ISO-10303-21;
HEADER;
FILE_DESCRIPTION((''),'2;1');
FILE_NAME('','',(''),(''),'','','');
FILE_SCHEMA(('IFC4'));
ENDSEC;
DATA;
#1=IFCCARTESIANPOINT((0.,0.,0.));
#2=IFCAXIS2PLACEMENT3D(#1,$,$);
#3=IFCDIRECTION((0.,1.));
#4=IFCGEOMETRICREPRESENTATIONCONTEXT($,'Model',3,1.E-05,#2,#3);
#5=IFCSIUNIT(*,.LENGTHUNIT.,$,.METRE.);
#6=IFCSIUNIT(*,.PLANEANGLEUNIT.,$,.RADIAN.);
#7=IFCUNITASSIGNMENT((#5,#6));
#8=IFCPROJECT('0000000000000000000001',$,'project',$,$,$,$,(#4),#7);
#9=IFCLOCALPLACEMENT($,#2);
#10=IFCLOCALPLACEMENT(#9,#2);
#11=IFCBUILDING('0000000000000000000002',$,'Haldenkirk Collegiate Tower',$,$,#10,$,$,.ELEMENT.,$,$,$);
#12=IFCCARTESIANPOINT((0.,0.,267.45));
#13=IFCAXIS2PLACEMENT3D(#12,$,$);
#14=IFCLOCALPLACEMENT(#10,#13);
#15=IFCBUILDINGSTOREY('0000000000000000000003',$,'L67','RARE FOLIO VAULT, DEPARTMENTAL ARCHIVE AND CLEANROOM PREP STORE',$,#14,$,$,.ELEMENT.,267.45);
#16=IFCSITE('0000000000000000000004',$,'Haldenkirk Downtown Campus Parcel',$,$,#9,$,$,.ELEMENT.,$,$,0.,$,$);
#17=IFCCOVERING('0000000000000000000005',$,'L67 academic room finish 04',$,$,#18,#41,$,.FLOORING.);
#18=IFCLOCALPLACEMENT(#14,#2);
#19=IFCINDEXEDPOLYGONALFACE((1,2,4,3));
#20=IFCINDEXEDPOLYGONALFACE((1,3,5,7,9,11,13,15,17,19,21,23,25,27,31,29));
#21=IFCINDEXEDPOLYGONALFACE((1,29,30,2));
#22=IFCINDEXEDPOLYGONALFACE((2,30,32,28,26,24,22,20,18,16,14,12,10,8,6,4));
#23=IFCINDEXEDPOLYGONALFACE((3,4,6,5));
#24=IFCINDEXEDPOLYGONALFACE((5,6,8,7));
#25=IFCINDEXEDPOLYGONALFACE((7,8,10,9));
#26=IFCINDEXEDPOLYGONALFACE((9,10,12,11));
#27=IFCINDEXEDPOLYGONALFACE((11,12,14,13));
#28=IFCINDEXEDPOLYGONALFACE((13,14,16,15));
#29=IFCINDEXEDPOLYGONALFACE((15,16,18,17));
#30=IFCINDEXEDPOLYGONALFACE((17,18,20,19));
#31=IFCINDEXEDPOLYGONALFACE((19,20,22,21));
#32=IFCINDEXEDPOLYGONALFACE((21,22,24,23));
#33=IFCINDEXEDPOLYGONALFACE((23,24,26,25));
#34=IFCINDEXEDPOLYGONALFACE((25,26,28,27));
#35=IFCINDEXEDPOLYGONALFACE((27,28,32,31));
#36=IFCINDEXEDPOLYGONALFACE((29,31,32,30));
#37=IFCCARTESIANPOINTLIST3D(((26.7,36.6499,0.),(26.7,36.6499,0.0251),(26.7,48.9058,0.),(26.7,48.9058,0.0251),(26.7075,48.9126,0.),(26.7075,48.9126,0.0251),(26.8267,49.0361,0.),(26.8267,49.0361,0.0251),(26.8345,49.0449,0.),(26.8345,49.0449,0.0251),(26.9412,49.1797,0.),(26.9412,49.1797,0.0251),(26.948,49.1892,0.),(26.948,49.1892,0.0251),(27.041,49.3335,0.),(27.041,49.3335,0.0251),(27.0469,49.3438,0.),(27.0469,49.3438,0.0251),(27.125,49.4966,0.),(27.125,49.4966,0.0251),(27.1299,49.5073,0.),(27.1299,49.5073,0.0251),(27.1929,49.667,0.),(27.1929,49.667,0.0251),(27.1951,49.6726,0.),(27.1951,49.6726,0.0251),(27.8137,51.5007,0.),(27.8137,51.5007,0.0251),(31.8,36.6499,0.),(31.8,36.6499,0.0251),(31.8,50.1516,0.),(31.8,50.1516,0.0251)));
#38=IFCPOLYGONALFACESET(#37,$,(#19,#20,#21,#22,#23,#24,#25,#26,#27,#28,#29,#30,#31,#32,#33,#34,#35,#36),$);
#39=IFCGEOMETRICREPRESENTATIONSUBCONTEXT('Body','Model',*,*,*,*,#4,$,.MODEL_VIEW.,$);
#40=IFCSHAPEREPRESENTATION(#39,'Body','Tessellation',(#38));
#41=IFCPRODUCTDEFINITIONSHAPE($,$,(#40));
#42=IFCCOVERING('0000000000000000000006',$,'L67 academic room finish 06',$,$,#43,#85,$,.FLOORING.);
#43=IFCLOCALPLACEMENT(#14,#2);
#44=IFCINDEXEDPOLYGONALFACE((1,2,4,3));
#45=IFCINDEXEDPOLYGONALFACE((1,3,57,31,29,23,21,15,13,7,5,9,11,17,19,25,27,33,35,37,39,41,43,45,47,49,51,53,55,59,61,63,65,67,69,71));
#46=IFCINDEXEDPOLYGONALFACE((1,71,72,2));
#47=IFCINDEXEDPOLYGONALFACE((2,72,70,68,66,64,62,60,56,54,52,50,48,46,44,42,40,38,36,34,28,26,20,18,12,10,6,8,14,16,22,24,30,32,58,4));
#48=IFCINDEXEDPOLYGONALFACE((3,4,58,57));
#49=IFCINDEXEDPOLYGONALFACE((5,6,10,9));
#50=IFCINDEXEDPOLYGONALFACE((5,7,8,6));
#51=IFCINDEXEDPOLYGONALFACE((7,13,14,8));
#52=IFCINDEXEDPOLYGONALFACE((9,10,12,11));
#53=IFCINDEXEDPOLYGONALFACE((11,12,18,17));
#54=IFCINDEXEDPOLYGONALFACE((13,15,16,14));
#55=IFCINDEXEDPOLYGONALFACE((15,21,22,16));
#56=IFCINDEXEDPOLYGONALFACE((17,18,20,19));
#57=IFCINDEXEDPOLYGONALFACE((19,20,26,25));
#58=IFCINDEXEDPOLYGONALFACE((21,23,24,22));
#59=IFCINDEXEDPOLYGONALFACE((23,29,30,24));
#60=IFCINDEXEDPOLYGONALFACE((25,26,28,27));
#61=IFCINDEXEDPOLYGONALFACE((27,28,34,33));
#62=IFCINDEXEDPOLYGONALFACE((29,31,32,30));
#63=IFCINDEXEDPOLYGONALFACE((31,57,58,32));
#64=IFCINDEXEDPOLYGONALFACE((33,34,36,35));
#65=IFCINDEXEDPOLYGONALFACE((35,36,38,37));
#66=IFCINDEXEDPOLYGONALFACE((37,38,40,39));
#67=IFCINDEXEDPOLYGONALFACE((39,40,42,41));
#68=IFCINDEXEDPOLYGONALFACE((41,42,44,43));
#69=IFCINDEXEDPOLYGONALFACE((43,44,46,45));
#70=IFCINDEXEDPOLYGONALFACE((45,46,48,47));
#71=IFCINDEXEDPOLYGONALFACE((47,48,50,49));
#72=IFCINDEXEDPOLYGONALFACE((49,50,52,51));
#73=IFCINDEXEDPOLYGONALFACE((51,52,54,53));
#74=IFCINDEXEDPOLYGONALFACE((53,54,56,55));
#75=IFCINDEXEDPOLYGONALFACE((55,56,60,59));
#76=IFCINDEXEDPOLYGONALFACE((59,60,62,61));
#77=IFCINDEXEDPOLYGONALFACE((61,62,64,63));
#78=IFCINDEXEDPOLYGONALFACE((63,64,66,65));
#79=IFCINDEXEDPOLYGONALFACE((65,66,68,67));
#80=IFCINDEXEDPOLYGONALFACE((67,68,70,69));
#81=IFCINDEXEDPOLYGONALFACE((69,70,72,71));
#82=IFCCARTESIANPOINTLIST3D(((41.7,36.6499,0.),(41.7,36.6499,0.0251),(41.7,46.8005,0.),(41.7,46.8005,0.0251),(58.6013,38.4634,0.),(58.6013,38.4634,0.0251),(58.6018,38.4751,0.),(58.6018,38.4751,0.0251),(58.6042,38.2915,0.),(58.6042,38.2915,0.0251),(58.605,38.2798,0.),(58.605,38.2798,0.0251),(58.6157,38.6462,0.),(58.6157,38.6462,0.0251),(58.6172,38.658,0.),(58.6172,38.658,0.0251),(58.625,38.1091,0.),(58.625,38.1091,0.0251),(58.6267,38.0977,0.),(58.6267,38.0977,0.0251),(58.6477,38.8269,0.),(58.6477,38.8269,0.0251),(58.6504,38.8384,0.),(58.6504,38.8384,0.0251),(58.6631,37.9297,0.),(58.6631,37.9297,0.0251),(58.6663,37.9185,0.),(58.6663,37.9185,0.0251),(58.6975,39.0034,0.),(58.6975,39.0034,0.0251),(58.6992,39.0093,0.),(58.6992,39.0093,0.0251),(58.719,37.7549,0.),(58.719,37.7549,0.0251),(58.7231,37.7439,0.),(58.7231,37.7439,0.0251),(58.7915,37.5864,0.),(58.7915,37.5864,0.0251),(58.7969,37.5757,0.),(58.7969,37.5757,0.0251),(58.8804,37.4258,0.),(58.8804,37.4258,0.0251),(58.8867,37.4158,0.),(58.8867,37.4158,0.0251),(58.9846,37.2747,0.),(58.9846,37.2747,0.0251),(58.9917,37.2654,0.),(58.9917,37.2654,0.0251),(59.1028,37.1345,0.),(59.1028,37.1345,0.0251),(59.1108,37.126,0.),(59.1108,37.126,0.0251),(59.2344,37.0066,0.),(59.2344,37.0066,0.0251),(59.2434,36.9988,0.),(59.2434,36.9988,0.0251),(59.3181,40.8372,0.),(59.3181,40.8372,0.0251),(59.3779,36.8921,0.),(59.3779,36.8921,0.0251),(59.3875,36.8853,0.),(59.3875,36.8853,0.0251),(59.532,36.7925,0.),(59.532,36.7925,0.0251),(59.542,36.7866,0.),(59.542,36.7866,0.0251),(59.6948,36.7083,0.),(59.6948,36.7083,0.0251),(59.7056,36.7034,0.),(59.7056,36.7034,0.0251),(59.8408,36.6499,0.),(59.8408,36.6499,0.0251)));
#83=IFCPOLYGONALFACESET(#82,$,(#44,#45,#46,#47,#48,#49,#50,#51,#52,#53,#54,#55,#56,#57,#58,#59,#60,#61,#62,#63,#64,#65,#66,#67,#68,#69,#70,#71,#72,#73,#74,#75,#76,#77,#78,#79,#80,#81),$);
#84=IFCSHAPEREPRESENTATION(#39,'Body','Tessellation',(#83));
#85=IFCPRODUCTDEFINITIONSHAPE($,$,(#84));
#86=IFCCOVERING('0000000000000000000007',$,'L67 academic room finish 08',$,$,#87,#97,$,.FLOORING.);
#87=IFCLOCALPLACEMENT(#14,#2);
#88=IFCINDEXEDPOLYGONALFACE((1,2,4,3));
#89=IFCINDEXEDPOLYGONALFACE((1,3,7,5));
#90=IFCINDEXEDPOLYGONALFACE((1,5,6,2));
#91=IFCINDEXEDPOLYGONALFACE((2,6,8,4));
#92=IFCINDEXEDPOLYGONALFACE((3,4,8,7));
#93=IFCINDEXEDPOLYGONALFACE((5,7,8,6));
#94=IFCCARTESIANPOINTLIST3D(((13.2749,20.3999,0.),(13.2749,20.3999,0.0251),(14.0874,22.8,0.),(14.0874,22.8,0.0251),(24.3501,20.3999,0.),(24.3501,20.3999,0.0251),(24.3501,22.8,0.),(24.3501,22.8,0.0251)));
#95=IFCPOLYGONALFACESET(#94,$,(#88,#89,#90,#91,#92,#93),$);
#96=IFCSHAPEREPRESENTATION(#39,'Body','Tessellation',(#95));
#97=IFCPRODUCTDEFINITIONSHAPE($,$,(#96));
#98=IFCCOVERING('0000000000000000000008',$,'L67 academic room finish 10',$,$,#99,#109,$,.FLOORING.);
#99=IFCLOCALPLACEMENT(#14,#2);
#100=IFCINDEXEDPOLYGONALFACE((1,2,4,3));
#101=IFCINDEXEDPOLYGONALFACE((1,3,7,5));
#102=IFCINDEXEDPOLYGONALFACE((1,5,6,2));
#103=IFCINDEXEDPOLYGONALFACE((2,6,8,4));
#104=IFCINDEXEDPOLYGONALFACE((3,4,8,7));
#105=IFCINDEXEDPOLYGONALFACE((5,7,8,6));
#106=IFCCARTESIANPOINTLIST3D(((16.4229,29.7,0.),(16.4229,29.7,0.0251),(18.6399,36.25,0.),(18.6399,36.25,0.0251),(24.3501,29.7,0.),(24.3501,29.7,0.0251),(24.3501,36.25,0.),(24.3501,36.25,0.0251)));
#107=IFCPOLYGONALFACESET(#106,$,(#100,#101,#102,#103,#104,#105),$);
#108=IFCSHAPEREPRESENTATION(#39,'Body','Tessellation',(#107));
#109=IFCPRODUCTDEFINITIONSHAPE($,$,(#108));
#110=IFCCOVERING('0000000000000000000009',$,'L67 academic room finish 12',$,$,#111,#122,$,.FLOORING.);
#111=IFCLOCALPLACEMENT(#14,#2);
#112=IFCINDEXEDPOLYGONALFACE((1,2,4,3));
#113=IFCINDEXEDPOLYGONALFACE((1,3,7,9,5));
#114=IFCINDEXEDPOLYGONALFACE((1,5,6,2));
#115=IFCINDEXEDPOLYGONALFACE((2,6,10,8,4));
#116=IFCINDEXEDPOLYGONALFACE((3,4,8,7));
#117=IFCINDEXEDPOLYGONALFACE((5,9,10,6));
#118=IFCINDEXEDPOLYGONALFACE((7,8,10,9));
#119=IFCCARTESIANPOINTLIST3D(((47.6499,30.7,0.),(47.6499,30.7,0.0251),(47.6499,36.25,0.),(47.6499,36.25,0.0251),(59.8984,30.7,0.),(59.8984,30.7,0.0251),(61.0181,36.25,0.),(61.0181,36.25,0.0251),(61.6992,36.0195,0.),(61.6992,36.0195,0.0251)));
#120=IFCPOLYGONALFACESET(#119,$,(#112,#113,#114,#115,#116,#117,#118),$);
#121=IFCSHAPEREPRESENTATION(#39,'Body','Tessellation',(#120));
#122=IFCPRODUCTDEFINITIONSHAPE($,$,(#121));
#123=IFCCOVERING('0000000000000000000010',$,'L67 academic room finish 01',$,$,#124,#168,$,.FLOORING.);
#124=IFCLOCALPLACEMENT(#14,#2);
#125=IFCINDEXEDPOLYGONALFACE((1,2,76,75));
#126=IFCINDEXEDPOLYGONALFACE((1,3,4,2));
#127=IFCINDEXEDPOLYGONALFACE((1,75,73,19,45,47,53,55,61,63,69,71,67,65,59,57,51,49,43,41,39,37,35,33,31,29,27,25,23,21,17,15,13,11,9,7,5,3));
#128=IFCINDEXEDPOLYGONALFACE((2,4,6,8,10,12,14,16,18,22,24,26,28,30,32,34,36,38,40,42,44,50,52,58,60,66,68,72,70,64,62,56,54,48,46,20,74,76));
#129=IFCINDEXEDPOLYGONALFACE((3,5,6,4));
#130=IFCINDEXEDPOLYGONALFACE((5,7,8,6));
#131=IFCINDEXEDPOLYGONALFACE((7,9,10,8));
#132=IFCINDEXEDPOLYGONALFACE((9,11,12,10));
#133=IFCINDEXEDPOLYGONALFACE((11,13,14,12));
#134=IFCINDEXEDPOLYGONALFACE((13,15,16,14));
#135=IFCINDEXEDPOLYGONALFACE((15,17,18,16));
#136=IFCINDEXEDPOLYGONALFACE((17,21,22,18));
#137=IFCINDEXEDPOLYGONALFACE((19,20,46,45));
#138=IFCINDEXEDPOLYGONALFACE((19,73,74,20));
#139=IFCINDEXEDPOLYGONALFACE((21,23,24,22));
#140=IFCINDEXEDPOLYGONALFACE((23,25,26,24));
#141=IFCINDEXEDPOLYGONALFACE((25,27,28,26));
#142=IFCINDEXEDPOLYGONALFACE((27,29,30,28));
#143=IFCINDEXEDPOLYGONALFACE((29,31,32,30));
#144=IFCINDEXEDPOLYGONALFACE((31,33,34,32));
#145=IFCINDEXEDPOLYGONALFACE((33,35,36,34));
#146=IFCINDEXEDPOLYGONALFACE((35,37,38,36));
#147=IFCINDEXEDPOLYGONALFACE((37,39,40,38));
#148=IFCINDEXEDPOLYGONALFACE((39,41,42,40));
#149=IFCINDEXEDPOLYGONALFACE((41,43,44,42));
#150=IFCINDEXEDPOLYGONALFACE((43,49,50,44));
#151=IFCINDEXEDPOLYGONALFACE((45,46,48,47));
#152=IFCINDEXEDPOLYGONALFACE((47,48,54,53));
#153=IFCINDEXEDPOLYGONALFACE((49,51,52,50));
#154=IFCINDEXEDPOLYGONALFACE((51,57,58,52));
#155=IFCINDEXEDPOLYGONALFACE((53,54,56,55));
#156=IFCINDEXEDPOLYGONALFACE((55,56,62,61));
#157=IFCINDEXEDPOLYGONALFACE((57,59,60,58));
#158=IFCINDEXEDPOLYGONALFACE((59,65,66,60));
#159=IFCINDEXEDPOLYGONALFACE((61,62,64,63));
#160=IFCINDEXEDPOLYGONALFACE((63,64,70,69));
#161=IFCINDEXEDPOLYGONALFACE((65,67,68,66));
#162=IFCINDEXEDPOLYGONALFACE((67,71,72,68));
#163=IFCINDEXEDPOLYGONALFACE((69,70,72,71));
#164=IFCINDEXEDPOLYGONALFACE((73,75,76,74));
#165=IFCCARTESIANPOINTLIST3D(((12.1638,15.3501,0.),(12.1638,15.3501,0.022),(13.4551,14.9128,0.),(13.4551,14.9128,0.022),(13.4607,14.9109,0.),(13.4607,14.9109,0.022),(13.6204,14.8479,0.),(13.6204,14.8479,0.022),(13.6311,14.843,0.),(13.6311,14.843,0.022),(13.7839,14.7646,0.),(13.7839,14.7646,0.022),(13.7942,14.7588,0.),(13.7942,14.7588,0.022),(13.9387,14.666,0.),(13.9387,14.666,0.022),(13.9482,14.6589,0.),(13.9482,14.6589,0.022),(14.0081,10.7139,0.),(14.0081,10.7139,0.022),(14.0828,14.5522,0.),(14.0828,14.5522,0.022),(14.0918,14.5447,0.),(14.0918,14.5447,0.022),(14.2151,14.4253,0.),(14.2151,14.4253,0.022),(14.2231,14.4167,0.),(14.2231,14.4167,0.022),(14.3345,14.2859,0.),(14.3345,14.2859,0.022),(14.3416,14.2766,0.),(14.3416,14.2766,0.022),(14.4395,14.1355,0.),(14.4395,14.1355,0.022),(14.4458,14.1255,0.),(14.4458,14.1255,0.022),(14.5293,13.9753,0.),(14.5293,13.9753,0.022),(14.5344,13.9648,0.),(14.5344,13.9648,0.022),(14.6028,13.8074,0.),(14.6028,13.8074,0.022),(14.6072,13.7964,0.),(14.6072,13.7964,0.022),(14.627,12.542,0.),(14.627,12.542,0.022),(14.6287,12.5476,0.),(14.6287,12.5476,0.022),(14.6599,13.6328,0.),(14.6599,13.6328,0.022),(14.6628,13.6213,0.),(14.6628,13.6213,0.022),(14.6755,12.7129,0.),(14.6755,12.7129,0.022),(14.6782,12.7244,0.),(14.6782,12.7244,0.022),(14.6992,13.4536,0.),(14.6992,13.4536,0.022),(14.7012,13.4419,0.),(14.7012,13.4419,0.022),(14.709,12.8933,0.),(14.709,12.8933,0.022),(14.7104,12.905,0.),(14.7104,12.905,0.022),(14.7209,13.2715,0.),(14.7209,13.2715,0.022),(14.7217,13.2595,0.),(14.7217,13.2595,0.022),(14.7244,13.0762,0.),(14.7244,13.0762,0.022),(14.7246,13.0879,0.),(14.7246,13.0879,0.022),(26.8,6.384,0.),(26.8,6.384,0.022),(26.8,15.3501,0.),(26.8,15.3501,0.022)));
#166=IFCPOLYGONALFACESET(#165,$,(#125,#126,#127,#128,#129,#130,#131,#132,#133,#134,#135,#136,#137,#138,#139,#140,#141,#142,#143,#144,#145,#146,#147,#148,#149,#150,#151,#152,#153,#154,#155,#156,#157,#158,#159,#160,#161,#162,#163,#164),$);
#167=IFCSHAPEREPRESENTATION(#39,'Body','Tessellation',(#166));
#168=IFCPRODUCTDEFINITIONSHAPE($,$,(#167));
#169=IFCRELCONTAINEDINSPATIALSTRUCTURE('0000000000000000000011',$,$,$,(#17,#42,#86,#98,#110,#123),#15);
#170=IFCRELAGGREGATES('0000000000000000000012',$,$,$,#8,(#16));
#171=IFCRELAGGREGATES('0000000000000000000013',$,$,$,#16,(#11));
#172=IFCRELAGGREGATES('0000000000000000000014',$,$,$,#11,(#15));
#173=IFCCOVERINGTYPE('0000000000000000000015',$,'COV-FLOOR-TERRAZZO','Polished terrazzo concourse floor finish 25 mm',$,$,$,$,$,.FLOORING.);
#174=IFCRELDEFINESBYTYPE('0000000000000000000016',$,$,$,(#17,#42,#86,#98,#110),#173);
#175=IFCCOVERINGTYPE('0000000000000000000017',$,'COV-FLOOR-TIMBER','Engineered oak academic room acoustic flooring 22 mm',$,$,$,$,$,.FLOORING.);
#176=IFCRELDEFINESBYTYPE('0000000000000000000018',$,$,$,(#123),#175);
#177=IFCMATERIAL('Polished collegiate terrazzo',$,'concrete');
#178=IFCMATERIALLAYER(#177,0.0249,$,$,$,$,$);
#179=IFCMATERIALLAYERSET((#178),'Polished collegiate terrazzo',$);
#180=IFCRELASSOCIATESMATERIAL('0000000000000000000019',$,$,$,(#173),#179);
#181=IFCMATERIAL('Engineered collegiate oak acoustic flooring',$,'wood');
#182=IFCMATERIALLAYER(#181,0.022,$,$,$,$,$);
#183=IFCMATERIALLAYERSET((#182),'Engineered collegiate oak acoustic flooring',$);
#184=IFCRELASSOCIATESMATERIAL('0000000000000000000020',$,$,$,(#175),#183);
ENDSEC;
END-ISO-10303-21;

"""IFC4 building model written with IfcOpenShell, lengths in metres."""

from ifc_helpers import new_model, si_unit, direction, frame, origin, place, context, subcontext, project, spatial, polyline, outline, extrude, material, layer, layer_set, type_object, element, save


model = new_model("IFC4")

# Units and contexts
model_context = context("Model", 3, precision=1e-05, world=origin(), true_north=direction((0.0, 1.0)))
body_context = subcontext(model_context, "Body", "Model", "MODEL_VIEW")
ifc_project = project(units=[si_unit("LENGTHUNIT", "METRE"), si_unit("PLANEANGLEUNIT", "RADIAN")], contexts=[model_context])

# Site, building, storey
site_placement = place(None, origin())
site = spatial("IfcSite", under=ifc_project, at=site_placement, Name="Haldenkirk Downtown Campus Parcel", CompositionType="ELEMENT", RefElevation=0.0)
building_placement = place(site_placement, origin())
building = spatial("IfcBuilding", under=site, at=building_placement, Name="Haldenkirk Collegiate Tower", CompositionType="ELEMENT")
storey_placement = place(building_placement, frame((0.0, 0.0, 267.45)))
storey = spatial("IfcBuildingStorey", under=building, at=storey_placement, Name="L67", Description="RARE FOLIO VAULT, DEPARTMENTAL ARCHIVE AND CLEANROOM PREP STORE", CompositionType="ELEMENT", Elevation=267.45)

# Coverings
ifc_material_1 = material(Name="Polished collegiate terrazzo", Category="concrete")
ifc_layer_1 = layer(ifc_material_1, 0.0249)
ifc_layer_set_1 = layer_set([ifc_layer_1], Name="Polished collegiate terrazzo")
covering_type_1 = type_object("IfcCoveringType", Name="COV-FLOOR-TERRAZZO", Description="Polished terrazzo concourse floor finish 25 mm", PredefinedType="FLOORING", material=ifc_layer_set_1)
covering_1_placement = place(storey_placement, origin())
element("IfcCovering", 1, at=covering_1_placement, inside=storey, type_object=covering_type_1, Name="L67 academic room finish 04", PredefinedType="FLOORING", context=body_context, shape_type="SweptSolid", body=[
    extrude(outline(polyline([(26.7, 48.9058), (26.7075, 48.9126), (26.8267, 49.0361), (26.8345, 49.0449), (26.9412, 49.1797), (26.948, 49.1892), (27.041, 49.3335), (27.0469, 49.3438), (27.125, 49.4966), (27.1299, 49.5073), (27.1929, 49.667), (27.1951, 49.6726), (27.8137, 51.5007), (31.8, 50.1516), (31.8, 36.6499), (26.7, 36.6499), (26.7, 48.9058)])), origin(), (0.0, 0.0, 1.0), 0.0251),
])
covering_2_placement = place(storey_placement, origin())
element("IfcCovering", 2, at=covering_2_placement, inside=storey, type_object=covering_type_1, Name="L67 academic room finish 06", PredefinedType="FLOORING", context=body_context, shape_type="SweptSolid", body=[
    extrude(outline(polyline([(59.3181, 40.8372), (58.6992, 39.0093), (58.6975, 39.0034), (58.6504, 38.8384), (58.6477, 38.8269), (58.6172, 38.658), (58.6157, 38.6462), (58.6018, 38.4751), (58.6013, 38.4634), (58.6042, 38.2915), (58.605, 38.2798), (58.625, 38.1091), (58.6267, 38.0977), (58.6631, 37.9297), (58.6663, 37.9185), (58.719, 37.7549), (58.7231, 37.7439), (58.7915, 37.5864), (58.7969, 37.5757), (58.8804, 37.4258), (58.8867, 37.4158), (58.9846, 37.2747), (58.9917, 37.2654), (59.1028, 37.1345), (59.1108, 37.126), (59.2344, 37.0066), (59.2434, 36.9988), (59.3779, 36.8921), (59.3875, 36.8853), (59.532, 36.7925), (59.542, 36.7866), (59.6948, 36.7083), (59.7056, 36.7034), (59.8408, 36.6499), (41.7, 36.6499), (41.7, 46.8005), (59.3181, 40.8372)])), origin(), (0.0, 0.0, 1.0), 0.0251),
])
covering_3_placement = place(storey_placement, origin())
element("IfcCovering", 3, at=covering_3_placement, inside=storey, type_object=covering_type_1, Name="L67 academic room finish 08", PredefinedType="FLOORING", context=body_context, shape_type="SweptSolid", body=[
    extrude(outline(polyline([(14.0874, 22.8), (24.3501, 22.8), (24.3501, 20.3999), (13.2749, 20.3999), (14.0874, 22.8)])), origin(), (0.0, 0.0, 1.0), 0.0251),
])
covering_4_placement = place(storey_placement, origin())
element("IfcCovering", 4, at=covering_4_placement, inside=storey, type_object=covering_type_1, Name="L67 academic room finish 10", PredefinedType="FLOORING", context=body_context, shape_type="SweptSolid", body=[
    extrude(outline(polyline([(18.6399, 36.25), (24.3501, 36.25), (24.3501, 29.7), (16.4229, 29.7), (18.6399, 36.25)])), origin(), (0.0, 0.0, 1.0), 0.0251),
])
covering_5_placement = place(storey_placement, origin())
element("IfcCovering", 5, at=covering_5_placement, inside=storey, type_object=covering_type_1, Name="L67 academic room finish 12", PredefinedType="FLOORING", context=body_context, shape_type="SweptSolid", body=[
    extrude(outline(polyline([(59.8984, 30.7), (47.6499, 30.7), (47.6499, 36.25), (61.0181, 36.25), (61.6992, 36.0195), (59.8984, 30.7)])), origin(), (0.0, 0.0, 1.0), 0.0251),
])
ifc_material_2 = material(Name="Engineered collegiate oak acoustic flooring", Category="wood")
ifc_layer_2 = layer(ifc_material_2, 0.022)
ifc_layer_set_2 = layer_set([ifc_layer_2], Name="Engineered collegiate oak acoustic flooring")
covering_type_2 = type_object("IfcCoveringType", Name="COV-FLOOR-TIMBER", Description="Engineered oak academic room acoustic flooring 22 mm", PredefinedType="FLOORING", material=ifc_layer_set_2)
covering_6_placement = place(storey_placement, origin())
element("IfcCovering", 6, at=covering_6_placement, inside=storey, type_object=covering_type_2, Name="L67 academic room finish 01", PredefinedType="FLOORING", context=body_context, shape_type="SweptSolid", body=[
    extrude(outline(polyline([(12.1638, 15.3501), (26.8, 15.3501), (26.8, 6.384), (14.0081, 10.7139), (14.627, 12.542), (14.6287, 12.5476), (14.6755, 12.7129), (14.6782, 12.7244), (14.709, 12.8933), (14.7104, 12.905), (14.7244, 13.0762), (14.7246, 13.0879), (14.7217, 13.2595), (14.7209, 13.2715), (14.7012, 13.4419), (14.6992, 13.4536), (14.6628, 13.6213), (14.6599, 13.6328), (14.6072, 13.7964), (14.6028, 13.8074), (14.5344, 13.9648), (14.5293, 13.9753), (14.4458, 14.1255), (14.4395, 14.1355), (14.3416, 14.2766), (14.3345, 14.2859), (14.2231, 14.4167), (14.2151, 14.4253), (14.0918, 14.5447), (14.0828, 14.5522), (13.9482, 14.6589), (13.9387, 14.666), (13.7942, 14.7588), (13.7839, 14.7646), (13.6311, 14.843), (13.6204, 14.8479), (13.4607, 14.9109), (13.4551, 14.9128), (12.1638, 15.3501)])), origin(), (0.0, 0.0, 1.0), 0.022),
])

save(model, "model.ifc")
